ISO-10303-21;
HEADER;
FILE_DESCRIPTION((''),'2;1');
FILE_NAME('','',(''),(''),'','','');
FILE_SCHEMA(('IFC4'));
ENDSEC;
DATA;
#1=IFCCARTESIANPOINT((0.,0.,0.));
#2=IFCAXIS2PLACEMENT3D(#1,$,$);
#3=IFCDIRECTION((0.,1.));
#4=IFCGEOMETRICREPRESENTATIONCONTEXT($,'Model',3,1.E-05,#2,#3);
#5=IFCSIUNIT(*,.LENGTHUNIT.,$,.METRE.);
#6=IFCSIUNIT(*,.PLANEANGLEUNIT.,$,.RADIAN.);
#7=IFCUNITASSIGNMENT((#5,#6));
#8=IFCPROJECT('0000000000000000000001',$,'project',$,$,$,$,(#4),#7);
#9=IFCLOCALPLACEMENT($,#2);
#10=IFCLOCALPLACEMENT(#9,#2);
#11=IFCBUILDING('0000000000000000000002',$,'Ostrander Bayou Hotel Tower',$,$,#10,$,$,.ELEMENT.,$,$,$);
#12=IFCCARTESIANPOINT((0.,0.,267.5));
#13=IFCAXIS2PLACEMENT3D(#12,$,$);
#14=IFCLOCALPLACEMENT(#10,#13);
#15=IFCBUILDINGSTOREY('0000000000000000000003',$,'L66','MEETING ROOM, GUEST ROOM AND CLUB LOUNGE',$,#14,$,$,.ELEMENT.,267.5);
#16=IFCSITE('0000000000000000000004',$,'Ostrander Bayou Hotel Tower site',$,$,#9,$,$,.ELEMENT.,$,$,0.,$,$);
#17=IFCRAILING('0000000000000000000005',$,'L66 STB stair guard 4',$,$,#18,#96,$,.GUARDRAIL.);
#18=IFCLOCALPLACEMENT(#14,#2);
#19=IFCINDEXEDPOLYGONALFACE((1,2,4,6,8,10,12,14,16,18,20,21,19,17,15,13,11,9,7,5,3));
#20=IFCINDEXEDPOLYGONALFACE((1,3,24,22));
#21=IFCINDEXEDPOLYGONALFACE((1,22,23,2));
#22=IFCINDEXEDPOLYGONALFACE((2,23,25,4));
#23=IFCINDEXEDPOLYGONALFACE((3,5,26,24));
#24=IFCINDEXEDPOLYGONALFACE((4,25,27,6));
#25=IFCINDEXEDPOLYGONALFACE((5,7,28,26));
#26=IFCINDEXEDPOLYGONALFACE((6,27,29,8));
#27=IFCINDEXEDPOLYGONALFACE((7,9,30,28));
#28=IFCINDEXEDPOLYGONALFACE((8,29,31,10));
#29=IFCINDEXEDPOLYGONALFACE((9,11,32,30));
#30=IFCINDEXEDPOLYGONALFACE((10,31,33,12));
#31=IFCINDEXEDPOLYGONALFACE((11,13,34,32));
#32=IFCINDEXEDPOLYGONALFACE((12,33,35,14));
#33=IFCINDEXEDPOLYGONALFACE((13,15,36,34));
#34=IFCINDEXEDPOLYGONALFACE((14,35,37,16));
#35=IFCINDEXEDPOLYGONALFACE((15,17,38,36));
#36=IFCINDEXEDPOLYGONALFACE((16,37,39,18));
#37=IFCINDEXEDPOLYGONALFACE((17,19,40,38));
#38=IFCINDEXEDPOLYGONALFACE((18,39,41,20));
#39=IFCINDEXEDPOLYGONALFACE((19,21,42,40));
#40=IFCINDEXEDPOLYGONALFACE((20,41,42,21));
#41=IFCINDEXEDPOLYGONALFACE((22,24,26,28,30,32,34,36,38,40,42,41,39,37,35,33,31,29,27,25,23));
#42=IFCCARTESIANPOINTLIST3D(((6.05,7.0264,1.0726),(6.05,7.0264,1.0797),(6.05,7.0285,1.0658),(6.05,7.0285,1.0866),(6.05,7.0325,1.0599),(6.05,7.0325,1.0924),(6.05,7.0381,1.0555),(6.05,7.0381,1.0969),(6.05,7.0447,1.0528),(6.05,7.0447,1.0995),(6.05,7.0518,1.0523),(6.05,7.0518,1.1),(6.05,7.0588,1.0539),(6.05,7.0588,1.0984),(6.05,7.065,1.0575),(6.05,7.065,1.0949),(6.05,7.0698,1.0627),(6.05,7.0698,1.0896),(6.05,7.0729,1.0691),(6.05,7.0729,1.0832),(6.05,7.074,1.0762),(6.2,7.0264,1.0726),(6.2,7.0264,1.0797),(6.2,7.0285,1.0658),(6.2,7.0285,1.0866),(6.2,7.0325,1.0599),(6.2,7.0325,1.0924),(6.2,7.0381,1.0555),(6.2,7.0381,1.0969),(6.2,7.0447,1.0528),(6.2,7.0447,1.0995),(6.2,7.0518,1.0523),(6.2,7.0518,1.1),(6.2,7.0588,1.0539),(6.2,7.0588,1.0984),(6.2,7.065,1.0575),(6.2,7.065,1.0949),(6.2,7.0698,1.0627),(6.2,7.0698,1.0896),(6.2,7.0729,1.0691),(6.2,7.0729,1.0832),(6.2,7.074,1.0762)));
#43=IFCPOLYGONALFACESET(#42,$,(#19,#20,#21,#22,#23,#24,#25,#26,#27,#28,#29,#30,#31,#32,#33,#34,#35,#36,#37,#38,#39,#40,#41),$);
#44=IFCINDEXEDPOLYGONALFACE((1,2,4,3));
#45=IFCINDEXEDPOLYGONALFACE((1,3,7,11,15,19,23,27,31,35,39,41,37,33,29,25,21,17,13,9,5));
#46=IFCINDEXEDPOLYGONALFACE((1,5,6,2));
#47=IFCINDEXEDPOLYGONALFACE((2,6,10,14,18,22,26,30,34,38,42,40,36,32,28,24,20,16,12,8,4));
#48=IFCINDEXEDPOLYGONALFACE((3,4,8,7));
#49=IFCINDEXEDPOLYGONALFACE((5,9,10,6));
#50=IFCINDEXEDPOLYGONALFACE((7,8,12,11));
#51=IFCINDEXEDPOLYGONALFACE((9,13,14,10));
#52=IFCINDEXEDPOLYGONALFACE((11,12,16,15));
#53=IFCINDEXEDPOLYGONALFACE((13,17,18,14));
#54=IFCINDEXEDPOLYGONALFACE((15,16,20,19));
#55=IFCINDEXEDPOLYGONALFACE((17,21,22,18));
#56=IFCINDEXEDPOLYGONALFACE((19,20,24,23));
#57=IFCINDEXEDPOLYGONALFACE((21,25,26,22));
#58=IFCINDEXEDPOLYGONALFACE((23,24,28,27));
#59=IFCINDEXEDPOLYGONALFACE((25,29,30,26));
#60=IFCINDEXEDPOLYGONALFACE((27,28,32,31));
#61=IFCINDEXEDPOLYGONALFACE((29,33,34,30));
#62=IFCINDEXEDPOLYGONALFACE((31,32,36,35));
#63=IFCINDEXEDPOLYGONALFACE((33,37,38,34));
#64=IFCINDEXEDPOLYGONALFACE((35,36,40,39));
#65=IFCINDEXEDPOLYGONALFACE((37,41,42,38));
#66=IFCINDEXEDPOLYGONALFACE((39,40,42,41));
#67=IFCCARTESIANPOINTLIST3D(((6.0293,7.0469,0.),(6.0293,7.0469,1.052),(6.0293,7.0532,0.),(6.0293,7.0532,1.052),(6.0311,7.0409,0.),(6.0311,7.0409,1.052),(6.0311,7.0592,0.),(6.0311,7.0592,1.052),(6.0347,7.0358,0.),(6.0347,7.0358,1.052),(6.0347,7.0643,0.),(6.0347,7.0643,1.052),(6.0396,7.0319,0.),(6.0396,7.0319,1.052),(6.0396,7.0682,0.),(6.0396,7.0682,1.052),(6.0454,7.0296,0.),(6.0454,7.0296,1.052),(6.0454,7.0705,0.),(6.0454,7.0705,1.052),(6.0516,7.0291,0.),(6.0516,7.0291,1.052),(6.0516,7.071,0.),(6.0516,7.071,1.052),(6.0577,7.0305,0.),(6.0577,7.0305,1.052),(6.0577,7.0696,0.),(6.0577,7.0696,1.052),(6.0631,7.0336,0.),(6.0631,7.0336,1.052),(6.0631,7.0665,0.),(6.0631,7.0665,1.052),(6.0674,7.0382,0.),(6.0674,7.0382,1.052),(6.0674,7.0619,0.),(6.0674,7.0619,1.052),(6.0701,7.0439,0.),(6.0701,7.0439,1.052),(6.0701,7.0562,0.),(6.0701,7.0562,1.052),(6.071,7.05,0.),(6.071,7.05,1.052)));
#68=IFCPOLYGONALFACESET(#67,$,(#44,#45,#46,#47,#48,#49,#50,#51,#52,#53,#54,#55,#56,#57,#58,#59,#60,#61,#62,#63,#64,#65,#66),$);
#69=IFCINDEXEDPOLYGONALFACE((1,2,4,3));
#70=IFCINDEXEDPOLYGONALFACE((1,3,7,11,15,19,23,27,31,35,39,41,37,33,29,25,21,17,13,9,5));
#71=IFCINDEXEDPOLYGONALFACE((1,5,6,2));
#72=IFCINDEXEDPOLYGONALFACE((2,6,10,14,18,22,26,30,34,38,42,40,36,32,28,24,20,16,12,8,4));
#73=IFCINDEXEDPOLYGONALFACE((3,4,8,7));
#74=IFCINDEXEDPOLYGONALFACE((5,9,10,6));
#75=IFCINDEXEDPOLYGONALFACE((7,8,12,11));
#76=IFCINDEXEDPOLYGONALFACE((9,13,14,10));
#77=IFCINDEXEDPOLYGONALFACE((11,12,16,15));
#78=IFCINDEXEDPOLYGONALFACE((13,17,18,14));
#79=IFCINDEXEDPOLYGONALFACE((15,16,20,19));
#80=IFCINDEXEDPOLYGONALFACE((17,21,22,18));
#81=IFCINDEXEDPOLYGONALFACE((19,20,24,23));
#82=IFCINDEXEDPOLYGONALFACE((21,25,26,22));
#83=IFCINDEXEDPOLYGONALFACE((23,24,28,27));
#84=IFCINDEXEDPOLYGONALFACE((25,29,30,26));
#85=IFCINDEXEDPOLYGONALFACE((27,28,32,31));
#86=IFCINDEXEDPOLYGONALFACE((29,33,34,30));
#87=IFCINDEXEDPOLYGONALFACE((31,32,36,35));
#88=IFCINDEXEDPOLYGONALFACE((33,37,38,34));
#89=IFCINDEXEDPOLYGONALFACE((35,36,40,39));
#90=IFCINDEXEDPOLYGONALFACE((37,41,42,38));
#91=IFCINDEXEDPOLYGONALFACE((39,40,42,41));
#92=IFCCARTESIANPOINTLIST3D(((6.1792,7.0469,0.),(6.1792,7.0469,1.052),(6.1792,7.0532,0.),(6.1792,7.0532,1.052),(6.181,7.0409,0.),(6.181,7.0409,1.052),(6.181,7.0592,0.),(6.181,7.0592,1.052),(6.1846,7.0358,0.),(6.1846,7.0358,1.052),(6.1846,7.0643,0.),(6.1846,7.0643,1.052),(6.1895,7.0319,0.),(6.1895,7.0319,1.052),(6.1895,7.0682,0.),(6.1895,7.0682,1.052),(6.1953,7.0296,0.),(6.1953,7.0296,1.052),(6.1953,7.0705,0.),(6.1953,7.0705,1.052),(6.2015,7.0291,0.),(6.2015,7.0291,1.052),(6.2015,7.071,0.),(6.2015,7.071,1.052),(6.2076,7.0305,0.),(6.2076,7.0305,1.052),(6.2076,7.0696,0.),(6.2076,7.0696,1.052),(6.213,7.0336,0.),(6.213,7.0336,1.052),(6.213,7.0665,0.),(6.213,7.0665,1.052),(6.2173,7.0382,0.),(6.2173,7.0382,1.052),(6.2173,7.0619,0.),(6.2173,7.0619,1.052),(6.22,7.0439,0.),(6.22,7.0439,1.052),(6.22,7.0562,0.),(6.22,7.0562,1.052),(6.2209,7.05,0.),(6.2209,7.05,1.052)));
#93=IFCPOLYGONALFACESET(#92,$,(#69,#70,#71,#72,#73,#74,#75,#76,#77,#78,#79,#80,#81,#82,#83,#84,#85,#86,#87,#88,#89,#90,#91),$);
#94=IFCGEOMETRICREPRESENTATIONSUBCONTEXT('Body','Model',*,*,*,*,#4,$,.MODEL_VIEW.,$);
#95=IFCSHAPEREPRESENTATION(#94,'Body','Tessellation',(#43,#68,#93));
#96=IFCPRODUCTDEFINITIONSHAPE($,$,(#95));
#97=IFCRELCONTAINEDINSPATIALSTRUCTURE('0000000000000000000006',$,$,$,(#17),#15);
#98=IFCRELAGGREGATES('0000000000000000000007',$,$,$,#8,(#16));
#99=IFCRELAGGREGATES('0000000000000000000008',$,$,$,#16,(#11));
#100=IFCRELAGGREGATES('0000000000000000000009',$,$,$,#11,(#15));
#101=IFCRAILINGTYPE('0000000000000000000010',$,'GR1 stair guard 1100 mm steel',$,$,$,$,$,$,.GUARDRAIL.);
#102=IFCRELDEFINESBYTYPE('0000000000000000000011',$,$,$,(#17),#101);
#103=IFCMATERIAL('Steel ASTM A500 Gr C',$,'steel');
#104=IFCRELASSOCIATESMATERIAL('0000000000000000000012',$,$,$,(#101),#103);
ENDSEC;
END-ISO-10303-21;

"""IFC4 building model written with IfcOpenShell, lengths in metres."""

from ifc_helpers import new_model, si_unit, direction, frame, origin, origin_2d, place, context, subcontext, project, spatial, circle, extrude, material, type_object, element, save


model = new_model("IFC4")

# Units and contexts
model_context = context("Model", 3, precision=1e-05, world=origin(), true_north=direction((0.0, 1.0)))
body_context = subcontext(model_context, "Body", "Model", "MODEL_VIEW")
ifc_project = project(units=[si_unit("LENGTHUNIT", "METRE"), si_unit("PLANEANGLEUNIT", "RADIAN")], contexts=[model_context])

# Site, building, storey
site_placement = place(None, origin())
site = spatial("IfcSite", under=ifc_project, at=site_placement, Name="Ostrander Bayou Hotel Tower site", CompositionType="ELEMENT", RefElevation=0.0)
building_placement = place(site_placement, origin())
building = spatial("IfcBuilding", under=site, at=building_placement, Name="Ostrander Bayou Hotel Tower", CompositionType="ELEMENT")
storey_placement = place(building_placement, frame((0.0, 0.0, 267.5)))
storey = spatial("IfcBuildingStorey", under=building, at=storey_placement, Name="L66", Description="MEETING ROOM, GUEST ROOM AND CLUB LOUNGE", CompositionType="ELEMENT", Elevation=267.5)

# Railing
ifc_material_1 = material(Name="Steel ASTM A500 Gr C", Category="steel")
railing_type_1 = type_object("IfcRailingType", Name="GR1 stair guard 1100 mm steel", PredefinedType="GUARDRAIL", material=ifc_material_1)
railing_1_placement = place(storey_placement, frame((6.05, 7.05, 0.0)))
element("IfcRailing", 1, at=railing_1_placement, inside=storey, type_object=railing_type_1, Name="L66 STB stair guard 4", PredefinedType="GUARDRAIL", context=body_context, shape_type="SweptSolid", body=[
    extrude(circle(Radius=0.0239, at=origin_2d()), frame((0.0, 0.0, 1.0762), z_axis=(1.0, 0.0, 0.0), x_axis=(0.0, 1.0, 0.0)), (0.0, 0.0, 1.0), 0.1499),
    extrude(circle(Radius=0.021, at=origin_2d()), origin(), (0.0, 0.0, 1.0), 1.052),
    extrude(circle(Radius=0.021, at=origin_2d()), frame((0.1499, 0.0, 0.0)), (0.0, 0.0, 1.0), 1.052),
])

save(model, "model.ifc")
